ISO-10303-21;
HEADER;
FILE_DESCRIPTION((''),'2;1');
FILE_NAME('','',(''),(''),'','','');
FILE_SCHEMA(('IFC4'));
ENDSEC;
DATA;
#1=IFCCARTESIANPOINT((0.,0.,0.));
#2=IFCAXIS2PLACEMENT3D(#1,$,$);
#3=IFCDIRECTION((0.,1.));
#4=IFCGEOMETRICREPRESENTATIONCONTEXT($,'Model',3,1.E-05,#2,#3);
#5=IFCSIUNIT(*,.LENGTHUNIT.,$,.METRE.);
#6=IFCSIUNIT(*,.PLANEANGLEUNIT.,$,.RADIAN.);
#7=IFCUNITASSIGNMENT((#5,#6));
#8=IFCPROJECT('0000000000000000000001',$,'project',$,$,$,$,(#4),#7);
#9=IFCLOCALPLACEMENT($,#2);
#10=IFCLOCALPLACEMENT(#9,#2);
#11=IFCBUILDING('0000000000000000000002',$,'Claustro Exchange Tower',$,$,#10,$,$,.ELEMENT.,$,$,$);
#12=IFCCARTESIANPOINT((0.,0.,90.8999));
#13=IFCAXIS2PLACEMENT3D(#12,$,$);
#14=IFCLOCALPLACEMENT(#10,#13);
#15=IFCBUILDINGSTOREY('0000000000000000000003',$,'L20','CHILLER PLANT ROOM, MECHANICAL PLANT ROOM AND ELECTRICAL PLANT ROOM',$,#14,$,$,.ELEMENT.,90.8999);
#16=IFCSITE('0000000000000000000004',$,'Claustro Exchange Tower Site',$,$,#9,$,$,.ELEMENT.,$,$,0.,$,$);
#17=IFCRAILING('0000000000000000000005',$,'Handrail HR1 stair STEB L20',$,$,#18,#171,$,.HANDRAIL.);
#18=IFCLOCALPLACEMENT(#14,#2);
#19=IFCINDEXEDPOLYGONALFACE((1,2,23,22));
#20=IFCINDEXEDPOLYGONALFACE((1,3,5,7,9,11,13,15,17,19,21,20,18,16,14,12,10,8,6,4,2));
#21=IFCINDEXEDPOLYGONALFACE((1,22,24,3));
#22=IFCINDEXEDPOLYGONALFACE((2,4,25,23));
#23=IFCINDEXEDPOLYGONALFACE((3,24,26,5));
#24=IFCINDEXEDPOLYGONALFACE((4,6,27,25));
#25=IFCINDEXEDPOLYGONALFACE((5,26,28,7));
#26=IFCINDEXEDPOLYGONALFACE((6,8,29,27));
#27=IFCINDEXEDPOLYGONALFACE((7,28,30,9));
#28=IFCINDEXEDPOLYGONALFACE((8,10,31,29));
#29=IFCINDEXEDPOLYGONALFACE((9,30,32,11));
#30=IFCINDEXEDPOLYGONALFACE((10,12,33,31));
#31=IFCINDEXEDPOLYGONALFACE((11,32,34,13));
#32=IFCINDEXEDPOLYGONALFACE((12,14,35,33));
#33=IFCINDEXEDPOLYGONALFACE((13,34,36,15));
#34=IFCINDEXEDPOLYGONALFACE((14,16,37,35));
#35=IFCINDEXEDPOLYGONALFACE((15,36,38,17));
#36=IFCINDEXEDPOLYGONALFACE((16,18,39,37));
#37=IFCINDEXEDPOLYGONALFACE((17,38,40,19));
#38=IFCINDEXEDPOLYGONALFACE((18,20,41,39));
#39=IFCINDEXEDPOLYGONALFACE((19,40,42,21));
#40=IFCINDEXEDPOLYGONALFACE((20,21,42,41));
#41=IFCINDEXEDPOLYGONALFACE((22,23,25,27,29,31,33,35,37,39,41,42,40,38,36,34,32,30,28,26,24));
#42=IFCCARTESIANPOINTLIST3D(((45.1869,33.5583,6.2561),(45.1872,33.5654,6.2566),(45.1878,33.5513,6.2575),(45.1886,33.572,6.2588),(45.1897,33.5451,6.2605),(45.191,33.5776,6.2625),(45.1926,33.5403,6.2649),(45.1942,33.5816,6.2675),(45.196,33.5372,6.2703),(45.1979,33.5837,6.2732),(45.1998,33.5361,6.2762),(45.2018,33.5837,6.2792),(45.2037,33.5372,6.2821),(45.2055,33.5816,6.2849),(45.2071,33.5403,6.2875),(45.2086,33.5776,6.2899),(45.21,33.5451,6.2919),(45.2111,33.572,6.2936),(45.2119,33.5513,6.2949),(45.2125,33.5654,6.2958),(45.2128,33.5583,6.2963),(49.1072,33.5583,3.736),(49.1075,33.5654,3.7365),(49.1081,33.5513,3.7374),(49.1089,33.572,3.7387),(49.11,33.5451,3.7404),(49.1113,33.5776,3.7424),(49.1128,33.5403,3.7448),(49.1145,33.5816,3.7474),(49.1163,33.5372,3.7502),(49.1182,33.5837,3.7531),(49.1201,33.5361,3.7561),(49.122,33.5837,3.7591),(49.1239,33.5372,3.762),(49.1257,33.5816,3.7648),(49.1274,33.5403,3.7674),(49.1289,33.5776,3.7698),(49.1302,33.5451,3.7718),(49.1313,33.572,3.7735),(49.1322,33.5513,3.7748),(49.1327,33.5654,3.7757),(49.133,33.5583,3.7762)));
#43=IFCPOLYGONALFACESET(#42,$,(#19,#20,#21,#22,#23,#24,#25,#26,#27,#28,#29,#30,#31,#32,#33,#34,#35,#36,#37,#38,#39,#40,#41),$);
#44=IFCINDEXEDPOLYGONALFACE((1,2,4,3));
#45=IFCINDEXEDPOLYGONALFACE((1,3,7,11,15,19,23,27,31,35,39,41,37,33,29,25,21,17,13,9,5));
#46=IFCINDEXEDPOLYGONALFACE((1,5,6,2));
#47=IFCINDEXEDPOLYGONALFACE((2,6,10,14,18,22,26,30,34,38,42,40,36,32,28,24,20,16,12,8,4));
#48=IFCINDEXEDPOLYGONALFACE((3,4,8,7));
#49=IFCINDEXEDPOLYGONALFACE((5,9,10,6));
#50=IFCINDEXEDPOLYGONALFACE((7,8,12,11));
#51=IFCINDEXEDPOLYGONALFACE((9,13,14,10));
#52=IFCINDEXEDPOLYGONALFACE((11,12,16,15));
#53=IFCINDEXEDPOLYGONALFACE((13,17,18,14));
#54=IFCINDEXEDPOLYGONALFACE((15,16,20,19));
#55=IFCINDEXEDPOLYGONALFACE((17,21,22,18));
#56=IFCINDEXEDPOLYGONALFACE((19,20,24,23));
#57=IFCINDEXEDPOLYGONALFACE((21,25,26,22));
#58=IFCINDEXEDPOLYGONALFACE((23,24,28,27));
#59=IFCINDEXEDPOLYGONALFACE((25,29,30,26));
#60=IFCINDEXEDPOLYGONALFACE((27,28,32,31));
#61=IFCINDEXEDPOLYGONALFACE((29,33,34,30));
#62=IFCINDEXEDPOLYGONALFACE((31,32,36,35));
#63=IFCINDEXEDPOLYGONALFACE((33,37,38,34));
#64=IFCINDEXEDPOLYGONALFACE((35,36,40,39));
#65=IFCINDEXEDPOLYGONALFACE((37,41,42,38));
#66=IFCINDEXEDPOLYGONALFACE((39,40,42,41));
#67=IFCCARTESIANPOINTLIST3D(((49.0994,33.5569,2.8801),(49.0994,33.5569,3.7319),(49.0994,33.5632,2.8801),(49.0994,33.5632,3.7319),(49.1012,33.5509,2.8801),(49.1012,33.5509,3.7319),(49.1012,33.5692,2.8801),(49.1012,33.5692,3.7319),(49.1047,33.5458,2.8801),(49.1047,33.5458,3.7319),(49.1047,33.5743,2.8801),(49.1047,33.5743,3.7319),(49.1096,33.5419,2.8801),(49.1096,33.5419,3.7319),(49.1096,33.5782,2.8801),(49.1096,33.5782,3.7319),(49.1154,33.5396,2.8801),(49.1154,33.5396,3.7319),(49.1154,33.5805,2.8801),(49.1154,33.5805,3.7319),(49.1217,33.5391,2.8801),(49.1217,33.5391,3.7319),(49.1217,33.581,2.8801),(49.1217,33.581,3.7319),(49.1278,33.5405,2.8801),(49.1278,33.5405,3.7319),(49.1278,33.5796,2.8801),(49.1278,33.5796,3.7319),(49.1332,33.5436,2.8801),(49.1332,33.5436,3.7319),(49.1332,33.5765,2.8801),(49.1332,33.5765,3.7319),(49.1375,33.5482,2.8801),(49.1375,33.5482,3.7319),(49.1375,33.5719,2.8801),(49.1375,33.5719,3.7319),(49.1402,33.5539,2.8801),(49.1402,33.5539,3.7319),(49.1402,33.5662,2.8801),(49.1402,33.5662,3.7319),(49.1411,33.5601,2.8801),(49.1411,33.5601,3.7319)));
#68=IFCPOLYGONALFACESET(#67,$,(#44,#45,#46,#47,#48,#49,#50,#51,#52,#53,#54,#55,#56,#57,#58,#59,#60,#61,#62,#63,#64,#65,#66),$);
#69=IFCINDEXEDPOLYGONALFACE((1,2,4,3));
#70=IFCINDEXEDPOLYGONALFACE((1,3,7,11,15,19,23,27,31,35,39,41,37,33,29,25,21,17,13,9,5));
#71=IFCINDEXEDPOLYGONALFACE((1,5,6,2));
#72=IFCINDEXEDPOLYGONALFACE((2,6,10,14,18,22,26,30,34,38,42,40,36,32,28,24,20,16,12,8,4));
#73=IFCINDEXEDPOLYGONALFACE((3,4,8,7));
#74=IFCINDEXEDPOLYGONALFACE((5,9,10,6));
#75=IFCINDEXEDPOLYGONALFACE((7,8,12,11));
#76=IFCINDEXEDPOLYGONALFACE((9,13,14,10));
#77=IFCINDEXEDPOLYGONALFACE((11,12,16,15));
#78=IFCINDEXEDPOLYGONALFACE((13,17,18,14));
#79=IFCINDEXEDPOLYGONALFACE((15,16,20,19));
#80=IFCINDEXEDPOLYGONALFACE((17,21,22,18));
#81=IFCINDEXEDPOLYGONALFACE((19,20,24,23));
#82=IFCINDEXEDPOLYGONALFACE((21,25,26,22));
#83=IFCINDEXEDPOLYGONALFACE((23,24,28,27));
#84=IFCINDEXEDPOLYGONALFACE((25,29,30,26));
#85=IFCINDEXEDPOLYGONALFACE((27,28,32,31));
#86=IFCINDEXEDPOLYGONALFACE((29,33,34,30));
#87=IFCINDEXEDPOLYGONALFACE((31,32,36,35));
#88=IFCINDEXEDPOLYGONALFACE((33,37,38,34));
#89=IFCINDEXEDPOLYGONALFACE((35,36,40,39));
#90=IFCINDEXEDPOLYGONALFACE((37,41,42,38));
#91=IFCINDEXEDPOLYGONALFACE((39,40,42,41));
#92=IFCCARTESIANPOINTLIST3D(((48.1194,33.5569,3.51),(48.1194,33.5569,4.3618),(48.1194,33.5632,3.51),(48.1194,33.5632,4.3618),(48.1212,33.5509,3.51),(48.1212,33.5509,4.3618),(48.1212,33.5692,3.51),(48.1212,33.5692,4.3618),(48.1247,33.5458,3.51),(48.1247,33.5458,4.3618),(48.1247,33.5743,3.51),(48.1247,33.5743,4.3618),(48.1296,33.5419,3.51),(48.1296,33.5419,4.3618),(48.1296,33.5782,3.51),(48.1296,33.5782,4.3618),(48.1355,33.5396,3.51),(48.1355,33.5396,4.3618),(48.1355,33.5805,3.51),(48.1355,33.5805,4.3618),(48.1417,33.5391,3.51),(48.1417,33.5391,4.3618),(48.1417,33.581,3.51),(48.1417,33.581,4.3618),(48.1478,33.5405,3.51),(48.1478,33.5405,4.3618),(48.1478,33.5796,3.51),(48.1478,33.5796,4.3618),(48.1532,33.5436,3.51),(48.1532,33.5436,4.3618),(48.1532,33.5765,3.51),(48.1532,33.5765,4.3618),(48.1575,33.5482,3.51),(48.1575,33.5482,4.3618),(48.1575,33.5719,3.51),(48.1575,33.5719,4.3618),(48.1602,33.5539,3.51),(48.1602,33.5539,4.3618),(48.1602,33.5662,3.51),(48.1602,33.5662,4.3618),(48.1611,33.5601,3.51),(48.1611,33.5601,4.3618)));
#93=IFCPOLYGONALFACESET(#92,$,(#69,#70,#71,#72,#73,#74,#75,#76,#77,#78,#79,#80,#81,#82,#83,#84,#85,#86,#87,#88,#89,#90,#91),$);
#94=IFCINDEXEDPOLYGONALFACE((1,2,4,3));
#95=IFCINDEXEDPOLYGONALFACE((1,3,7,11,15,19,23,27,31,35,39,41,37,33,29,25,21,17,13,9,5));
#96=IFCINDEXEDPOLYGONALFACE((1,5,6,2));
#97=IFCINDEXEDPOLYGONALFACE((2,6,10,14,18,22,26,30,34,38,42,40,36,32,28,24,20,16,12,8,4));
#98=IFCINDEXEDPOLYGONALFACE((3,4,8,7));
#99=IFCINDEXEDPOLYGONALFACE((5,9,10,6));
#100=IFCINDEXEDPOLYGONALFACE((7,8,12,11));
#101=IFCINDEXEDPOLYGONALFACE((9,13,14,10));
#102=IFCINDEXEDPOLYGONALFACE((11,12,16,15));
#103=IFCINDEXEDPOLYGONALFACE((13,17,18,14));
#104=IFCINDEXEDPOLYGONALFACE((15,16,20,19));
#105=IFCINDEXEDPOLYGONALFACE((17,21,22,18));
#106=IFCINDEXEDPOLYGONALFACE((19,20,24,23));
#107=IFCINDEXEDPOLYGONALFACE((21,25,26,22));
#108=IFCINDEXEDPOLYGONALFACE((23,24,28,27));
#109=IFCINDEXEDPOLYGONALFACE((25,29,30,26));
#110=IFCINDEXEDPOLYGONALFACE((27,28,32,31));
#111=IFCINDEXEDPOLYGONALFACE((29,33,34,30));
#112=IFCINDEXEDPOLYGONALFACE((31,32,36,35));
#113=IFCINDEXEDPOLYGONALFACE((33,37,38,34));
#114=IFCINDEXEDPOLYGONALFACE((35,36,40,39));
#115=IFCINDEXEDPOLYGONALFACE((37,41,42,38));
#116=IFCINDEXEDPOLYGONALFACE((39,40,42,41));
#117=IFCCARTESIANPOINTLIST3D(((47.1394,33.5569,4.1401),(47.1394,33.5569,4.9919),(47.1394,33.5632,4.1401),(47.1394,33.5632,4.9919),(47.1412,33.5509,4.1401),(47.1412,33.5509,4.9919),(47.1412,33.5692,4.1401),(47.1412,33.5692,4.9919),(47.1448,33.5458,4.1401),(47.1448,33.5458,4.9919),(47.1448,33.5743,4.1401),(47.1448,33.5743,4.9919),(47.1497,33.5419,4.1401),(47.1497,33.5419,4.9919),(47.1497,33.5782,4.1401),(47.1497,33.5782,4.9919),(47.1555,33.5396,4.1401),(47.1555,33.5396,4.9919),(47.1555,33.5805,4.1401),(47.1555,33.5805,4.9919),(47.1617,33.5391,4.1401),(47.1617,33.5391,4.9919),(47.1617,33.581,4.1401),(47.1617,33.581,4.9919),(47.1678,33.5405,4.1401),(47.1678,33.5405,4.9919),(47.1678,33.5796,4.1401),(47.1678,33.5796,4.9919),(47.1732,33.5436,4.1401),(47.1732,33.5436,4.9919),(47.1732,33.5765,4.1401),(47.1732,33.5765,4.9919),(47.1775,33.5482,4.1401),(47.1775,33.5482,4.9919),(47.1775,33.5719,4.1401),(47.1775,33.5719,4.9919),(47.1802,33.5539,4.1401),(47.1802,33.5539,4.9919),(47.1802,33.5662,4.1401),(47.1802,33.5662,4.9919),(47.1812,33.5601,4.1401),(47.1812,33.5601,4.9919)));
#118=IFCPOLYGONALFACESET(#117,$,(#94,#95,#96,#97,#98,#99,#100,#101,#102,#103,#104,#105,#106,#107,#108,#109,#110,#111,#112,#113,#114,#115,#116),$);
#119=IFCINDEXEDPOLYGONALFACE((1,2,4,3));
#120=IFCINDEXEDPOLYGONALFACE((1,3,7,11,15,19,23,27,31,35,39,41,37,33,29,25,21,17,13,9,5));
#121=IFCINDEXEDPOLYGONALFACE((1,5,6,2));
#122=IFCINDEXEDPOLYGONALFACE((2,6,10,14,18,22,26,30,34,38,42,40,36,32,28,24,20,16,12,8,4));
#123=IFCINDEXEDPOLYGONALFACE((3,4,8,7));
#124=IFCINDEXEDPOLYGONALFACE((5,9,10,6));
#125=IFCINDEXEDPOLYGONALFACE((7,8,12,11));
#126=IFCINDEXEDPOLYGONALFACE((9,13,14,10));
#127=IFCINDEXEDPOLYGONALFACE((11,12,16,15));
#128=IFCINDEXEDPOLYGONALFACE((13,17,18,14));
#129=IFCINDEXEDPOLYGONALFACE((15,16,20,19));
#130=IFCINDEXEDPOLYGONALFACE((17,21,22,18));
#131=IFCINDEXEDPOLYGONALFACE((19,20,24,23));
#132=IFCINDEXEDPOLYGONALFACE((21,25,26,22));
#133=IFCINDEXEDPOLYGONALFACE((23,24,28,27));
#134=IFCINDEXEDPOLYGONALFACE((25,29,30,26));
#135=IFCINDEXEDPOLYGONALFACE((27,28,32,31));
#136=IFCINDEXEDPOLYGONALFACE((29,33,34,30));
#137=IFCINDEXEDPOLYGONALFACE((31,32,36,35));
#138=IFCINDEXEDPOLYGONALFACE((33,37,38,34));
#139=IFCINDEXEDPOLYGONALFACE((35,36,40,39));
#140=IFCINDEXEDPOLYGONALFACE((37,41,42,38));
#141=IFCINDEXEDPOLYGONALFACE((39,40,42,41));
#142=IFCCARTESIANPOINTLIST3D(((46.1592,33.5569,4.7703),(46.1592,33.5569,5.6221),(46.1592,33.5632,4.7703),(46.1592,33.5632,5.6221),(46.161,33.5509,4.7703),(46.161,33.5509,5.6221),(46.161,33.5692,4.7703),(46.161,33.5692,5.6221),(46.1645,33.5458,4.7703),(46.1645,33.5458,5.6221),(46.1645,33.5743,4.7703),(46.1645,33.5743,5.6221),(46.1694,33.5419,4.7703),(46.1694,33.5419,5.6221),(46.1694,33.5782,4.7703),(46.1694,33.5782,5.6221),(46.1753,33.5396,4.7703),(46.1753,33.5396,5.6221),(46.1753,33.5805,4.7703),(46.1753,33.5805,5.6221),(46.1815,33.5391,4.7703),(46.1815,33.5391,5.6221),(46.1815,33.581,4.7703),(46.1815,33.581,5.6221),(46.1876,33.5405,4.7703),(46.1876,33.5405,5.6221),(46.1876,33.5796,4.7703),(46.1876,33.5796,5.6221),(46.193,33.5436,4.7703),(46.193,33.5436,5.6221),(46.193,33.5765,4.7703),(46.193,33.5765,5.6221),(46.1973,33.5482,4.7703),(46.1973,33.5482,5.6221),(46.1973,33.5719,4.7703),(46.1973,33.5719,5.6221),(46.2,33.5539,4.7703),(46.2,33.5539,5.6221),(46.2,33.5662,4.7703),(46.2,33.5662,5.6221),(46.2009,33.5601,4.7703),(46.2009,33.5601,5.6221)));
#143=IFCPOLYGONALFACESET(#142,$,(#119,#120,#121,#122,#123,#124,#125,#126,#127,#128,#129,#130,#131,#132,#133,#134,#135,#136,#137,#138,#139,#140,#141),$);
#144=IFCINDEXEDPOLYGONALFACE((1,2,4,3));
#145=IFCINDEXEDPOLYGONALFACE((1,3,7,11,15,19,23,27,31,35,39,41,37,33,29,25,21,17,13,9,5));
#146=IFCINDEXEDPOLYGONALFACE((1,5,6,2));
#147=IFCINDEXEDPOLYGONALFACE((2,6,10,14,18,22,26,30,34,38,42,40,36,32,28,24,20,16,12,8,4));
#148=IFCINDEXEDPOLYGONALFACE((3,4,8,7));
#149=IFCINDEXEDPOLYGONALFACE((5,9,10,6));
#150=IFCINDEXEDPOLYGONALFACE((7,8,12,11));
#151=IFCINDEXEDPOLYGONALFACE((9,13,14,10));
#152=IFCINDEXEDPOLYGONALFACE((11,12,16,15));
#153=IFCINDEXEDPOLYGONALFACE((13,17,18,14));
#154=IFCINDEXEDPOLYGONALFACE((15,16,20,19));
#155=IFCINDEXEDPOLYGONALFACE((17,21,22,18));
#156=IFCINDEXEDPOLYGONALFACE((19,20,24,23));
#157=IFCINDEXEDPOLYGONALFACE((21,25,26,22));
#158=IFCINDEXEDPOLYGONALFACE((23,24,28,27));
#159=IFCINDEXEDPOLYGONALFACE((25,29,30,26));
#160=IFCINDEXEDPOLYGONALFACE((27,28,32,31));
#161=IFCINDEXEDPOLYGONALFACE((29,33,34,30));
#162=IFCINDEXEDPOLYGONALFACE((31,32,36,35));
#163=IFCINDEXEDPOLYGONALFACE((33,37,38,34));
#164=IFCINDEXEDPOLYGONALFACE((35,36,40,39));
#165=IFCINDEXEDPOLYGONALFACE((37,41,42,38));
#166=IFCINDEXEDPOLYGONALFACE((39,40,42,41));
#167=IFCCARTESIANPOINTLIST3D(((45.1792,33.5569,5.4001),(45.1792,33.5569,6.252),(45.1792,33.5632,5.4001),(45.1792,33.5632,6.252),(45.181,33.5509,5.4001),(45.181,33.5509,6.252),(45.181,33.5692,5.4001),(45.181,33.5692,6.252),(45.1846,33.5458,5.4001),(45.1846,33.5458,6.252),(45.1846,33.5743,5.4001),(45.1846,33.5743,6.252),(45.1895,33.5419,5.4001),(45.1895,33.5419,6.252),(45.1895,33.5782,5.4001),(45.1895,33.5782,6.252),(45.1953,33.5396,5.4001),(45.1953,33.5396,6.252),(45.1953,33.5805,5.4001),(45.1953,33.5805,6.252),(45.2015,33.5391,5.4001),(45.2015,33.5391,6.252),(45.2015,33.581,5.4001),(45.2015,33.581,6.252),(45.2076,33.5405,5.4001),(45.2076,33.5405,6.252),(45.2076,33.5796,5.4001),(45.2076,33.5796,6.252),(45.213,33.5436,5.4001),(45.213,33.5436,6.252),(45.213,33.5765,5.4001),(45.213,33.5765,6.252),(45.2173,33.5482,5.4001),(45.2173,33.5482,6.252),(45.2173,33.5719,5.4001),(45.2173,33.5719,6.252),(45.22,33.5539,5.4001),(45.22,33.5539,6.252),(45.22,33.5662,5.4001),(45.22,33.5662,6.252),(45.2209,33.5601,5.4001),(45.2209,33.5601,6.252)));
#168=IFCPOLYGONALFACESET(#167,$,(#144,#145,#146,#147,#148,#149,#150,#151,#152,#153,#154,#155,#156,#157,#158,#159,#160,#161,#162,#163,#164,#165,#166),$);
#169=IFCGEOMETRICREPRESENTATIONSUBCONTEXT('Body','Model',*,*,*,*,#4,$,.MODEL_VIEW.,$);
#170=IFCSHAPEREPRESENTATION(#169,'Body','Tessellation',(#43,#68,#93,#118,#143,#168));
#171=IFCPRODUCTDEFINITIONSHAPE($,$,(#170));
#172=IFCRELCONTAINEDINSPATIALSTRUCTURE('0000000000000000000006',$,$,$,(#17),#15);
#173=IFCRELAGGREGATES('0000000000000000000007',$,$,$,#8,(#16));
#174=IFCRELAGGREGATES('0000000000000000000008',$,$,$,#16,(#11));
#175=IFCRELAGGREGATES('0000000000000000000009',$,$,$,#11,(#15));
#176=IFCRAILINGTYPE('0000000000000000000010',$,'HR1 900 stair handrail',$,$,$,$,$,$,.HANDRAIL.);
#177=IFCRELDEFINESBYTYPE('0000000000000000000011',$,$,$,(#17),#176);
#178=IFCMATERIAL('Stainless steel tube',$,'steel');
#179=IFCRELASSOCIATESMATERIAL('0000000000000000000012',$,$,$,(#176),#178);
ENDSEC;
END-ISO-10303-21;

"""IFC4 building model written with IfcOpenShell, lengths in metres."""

from ifc_helpers import new_model, si_unit, direction, frame, origin, origin_2d, place, context, subcontext, project, spatial, circle, extrude, material, type_object, element, save


model = new_model("IFC4")

# Units and contexts
model_context = context("Model", 3, precision=1e-05, world=origin(), true_north=direction((0.0, 1.0)))
body_context = subcontext(model_context, "Body", "Model", "MODEL_VIEW")
ifc_project = project(units=[si_unit("LENGTHUNIT", "METRE"), si_unit("PLANEANGLEUNIT", "RADIAN")], contexts=[model_context])

# Site, building, storey
site_placement = place(None, origin())
site = spatial("IfcSite", under=ifc_project, at=site_placement, Name="Claustro Exchange Tower Site", CompositionType="ELEMENT", RefElevation=0.0)
building_placement = place(site_placement, origin())
building = spatial("IfcBuilding", under=site, at=building_placement, Name="Claustro Exchange Tower", CompositionType="ELEMENT")
storey_placement = place(building_placement, frame((0.0, 0.0, 90.8999)))
storey = spatial("IfcBuildingStorey", under=building, at=storey_placement, Name="L20", Description="CHILLER PLANT ROOM, MECHANICAL PLANT ROOM AND ELECTRICAL PLANT ROOM", CompositionType="ELEMENT", Elevation=90.8999)

# Railing
ifc_material_1 = material(Name="Stainless steel tube", Category="steel")
railing_type_1 = type_object("IfcRailingType", Name="HR1 900 stair handrail", PredefinedType="HANDRAIL", material=ifc_material_1)
railing_1_placement = place(storey_placement, frame((49.1201, 33.5601, 2.8801)))
element("IfcRailing", 1, at=railing_1_placement, inside=storey, type_object=railing_type_1, Name="Handrail HR1 stair STEB L20", PredefinedType="HANDRAIL", context=body_context, shape_type="SweptSolid", body=[
    extrude(circle(Radius=0.0239, at=origin_2d()), frame((0.0, 0.0, 0.876), z_axis=(-0.841187, 0.0, 0.540744), x_axis=(0.0, -1.0, 0.0)), (0.0, 0.0, 1.0), 4.6604),
    extrude(circle(Radius=0.021, at=origin_2d()), origin(), (0.0, 0.0, 1.0), 0.8518),
    extrude(circle(Radius=0.021, at=origin_2d()), frame((-0.98, 0.0, 0.6299)), (0.0, 0.0, 1.0), 0.8518),
    extrude(circle(Radius=0.021, at=origin_2d()), frame((-1.96, 0.0, 1.26)), (0.0, 0.0, 1.0), 0.8518),
    extrude(circle(Radius=0.021, at=origin_2d()), frame((-2.9402, 0.0, 1.8901)), (0.0, 0.0, 1.0), 0.8518),
    extrude(circle(Radius=0.021, at=origin_2d()), frame((-3.9202, 0.0, 2.52)), (0.0, 0.0, 1.0), 0.8518),
])

save(model, "model.ifc")
